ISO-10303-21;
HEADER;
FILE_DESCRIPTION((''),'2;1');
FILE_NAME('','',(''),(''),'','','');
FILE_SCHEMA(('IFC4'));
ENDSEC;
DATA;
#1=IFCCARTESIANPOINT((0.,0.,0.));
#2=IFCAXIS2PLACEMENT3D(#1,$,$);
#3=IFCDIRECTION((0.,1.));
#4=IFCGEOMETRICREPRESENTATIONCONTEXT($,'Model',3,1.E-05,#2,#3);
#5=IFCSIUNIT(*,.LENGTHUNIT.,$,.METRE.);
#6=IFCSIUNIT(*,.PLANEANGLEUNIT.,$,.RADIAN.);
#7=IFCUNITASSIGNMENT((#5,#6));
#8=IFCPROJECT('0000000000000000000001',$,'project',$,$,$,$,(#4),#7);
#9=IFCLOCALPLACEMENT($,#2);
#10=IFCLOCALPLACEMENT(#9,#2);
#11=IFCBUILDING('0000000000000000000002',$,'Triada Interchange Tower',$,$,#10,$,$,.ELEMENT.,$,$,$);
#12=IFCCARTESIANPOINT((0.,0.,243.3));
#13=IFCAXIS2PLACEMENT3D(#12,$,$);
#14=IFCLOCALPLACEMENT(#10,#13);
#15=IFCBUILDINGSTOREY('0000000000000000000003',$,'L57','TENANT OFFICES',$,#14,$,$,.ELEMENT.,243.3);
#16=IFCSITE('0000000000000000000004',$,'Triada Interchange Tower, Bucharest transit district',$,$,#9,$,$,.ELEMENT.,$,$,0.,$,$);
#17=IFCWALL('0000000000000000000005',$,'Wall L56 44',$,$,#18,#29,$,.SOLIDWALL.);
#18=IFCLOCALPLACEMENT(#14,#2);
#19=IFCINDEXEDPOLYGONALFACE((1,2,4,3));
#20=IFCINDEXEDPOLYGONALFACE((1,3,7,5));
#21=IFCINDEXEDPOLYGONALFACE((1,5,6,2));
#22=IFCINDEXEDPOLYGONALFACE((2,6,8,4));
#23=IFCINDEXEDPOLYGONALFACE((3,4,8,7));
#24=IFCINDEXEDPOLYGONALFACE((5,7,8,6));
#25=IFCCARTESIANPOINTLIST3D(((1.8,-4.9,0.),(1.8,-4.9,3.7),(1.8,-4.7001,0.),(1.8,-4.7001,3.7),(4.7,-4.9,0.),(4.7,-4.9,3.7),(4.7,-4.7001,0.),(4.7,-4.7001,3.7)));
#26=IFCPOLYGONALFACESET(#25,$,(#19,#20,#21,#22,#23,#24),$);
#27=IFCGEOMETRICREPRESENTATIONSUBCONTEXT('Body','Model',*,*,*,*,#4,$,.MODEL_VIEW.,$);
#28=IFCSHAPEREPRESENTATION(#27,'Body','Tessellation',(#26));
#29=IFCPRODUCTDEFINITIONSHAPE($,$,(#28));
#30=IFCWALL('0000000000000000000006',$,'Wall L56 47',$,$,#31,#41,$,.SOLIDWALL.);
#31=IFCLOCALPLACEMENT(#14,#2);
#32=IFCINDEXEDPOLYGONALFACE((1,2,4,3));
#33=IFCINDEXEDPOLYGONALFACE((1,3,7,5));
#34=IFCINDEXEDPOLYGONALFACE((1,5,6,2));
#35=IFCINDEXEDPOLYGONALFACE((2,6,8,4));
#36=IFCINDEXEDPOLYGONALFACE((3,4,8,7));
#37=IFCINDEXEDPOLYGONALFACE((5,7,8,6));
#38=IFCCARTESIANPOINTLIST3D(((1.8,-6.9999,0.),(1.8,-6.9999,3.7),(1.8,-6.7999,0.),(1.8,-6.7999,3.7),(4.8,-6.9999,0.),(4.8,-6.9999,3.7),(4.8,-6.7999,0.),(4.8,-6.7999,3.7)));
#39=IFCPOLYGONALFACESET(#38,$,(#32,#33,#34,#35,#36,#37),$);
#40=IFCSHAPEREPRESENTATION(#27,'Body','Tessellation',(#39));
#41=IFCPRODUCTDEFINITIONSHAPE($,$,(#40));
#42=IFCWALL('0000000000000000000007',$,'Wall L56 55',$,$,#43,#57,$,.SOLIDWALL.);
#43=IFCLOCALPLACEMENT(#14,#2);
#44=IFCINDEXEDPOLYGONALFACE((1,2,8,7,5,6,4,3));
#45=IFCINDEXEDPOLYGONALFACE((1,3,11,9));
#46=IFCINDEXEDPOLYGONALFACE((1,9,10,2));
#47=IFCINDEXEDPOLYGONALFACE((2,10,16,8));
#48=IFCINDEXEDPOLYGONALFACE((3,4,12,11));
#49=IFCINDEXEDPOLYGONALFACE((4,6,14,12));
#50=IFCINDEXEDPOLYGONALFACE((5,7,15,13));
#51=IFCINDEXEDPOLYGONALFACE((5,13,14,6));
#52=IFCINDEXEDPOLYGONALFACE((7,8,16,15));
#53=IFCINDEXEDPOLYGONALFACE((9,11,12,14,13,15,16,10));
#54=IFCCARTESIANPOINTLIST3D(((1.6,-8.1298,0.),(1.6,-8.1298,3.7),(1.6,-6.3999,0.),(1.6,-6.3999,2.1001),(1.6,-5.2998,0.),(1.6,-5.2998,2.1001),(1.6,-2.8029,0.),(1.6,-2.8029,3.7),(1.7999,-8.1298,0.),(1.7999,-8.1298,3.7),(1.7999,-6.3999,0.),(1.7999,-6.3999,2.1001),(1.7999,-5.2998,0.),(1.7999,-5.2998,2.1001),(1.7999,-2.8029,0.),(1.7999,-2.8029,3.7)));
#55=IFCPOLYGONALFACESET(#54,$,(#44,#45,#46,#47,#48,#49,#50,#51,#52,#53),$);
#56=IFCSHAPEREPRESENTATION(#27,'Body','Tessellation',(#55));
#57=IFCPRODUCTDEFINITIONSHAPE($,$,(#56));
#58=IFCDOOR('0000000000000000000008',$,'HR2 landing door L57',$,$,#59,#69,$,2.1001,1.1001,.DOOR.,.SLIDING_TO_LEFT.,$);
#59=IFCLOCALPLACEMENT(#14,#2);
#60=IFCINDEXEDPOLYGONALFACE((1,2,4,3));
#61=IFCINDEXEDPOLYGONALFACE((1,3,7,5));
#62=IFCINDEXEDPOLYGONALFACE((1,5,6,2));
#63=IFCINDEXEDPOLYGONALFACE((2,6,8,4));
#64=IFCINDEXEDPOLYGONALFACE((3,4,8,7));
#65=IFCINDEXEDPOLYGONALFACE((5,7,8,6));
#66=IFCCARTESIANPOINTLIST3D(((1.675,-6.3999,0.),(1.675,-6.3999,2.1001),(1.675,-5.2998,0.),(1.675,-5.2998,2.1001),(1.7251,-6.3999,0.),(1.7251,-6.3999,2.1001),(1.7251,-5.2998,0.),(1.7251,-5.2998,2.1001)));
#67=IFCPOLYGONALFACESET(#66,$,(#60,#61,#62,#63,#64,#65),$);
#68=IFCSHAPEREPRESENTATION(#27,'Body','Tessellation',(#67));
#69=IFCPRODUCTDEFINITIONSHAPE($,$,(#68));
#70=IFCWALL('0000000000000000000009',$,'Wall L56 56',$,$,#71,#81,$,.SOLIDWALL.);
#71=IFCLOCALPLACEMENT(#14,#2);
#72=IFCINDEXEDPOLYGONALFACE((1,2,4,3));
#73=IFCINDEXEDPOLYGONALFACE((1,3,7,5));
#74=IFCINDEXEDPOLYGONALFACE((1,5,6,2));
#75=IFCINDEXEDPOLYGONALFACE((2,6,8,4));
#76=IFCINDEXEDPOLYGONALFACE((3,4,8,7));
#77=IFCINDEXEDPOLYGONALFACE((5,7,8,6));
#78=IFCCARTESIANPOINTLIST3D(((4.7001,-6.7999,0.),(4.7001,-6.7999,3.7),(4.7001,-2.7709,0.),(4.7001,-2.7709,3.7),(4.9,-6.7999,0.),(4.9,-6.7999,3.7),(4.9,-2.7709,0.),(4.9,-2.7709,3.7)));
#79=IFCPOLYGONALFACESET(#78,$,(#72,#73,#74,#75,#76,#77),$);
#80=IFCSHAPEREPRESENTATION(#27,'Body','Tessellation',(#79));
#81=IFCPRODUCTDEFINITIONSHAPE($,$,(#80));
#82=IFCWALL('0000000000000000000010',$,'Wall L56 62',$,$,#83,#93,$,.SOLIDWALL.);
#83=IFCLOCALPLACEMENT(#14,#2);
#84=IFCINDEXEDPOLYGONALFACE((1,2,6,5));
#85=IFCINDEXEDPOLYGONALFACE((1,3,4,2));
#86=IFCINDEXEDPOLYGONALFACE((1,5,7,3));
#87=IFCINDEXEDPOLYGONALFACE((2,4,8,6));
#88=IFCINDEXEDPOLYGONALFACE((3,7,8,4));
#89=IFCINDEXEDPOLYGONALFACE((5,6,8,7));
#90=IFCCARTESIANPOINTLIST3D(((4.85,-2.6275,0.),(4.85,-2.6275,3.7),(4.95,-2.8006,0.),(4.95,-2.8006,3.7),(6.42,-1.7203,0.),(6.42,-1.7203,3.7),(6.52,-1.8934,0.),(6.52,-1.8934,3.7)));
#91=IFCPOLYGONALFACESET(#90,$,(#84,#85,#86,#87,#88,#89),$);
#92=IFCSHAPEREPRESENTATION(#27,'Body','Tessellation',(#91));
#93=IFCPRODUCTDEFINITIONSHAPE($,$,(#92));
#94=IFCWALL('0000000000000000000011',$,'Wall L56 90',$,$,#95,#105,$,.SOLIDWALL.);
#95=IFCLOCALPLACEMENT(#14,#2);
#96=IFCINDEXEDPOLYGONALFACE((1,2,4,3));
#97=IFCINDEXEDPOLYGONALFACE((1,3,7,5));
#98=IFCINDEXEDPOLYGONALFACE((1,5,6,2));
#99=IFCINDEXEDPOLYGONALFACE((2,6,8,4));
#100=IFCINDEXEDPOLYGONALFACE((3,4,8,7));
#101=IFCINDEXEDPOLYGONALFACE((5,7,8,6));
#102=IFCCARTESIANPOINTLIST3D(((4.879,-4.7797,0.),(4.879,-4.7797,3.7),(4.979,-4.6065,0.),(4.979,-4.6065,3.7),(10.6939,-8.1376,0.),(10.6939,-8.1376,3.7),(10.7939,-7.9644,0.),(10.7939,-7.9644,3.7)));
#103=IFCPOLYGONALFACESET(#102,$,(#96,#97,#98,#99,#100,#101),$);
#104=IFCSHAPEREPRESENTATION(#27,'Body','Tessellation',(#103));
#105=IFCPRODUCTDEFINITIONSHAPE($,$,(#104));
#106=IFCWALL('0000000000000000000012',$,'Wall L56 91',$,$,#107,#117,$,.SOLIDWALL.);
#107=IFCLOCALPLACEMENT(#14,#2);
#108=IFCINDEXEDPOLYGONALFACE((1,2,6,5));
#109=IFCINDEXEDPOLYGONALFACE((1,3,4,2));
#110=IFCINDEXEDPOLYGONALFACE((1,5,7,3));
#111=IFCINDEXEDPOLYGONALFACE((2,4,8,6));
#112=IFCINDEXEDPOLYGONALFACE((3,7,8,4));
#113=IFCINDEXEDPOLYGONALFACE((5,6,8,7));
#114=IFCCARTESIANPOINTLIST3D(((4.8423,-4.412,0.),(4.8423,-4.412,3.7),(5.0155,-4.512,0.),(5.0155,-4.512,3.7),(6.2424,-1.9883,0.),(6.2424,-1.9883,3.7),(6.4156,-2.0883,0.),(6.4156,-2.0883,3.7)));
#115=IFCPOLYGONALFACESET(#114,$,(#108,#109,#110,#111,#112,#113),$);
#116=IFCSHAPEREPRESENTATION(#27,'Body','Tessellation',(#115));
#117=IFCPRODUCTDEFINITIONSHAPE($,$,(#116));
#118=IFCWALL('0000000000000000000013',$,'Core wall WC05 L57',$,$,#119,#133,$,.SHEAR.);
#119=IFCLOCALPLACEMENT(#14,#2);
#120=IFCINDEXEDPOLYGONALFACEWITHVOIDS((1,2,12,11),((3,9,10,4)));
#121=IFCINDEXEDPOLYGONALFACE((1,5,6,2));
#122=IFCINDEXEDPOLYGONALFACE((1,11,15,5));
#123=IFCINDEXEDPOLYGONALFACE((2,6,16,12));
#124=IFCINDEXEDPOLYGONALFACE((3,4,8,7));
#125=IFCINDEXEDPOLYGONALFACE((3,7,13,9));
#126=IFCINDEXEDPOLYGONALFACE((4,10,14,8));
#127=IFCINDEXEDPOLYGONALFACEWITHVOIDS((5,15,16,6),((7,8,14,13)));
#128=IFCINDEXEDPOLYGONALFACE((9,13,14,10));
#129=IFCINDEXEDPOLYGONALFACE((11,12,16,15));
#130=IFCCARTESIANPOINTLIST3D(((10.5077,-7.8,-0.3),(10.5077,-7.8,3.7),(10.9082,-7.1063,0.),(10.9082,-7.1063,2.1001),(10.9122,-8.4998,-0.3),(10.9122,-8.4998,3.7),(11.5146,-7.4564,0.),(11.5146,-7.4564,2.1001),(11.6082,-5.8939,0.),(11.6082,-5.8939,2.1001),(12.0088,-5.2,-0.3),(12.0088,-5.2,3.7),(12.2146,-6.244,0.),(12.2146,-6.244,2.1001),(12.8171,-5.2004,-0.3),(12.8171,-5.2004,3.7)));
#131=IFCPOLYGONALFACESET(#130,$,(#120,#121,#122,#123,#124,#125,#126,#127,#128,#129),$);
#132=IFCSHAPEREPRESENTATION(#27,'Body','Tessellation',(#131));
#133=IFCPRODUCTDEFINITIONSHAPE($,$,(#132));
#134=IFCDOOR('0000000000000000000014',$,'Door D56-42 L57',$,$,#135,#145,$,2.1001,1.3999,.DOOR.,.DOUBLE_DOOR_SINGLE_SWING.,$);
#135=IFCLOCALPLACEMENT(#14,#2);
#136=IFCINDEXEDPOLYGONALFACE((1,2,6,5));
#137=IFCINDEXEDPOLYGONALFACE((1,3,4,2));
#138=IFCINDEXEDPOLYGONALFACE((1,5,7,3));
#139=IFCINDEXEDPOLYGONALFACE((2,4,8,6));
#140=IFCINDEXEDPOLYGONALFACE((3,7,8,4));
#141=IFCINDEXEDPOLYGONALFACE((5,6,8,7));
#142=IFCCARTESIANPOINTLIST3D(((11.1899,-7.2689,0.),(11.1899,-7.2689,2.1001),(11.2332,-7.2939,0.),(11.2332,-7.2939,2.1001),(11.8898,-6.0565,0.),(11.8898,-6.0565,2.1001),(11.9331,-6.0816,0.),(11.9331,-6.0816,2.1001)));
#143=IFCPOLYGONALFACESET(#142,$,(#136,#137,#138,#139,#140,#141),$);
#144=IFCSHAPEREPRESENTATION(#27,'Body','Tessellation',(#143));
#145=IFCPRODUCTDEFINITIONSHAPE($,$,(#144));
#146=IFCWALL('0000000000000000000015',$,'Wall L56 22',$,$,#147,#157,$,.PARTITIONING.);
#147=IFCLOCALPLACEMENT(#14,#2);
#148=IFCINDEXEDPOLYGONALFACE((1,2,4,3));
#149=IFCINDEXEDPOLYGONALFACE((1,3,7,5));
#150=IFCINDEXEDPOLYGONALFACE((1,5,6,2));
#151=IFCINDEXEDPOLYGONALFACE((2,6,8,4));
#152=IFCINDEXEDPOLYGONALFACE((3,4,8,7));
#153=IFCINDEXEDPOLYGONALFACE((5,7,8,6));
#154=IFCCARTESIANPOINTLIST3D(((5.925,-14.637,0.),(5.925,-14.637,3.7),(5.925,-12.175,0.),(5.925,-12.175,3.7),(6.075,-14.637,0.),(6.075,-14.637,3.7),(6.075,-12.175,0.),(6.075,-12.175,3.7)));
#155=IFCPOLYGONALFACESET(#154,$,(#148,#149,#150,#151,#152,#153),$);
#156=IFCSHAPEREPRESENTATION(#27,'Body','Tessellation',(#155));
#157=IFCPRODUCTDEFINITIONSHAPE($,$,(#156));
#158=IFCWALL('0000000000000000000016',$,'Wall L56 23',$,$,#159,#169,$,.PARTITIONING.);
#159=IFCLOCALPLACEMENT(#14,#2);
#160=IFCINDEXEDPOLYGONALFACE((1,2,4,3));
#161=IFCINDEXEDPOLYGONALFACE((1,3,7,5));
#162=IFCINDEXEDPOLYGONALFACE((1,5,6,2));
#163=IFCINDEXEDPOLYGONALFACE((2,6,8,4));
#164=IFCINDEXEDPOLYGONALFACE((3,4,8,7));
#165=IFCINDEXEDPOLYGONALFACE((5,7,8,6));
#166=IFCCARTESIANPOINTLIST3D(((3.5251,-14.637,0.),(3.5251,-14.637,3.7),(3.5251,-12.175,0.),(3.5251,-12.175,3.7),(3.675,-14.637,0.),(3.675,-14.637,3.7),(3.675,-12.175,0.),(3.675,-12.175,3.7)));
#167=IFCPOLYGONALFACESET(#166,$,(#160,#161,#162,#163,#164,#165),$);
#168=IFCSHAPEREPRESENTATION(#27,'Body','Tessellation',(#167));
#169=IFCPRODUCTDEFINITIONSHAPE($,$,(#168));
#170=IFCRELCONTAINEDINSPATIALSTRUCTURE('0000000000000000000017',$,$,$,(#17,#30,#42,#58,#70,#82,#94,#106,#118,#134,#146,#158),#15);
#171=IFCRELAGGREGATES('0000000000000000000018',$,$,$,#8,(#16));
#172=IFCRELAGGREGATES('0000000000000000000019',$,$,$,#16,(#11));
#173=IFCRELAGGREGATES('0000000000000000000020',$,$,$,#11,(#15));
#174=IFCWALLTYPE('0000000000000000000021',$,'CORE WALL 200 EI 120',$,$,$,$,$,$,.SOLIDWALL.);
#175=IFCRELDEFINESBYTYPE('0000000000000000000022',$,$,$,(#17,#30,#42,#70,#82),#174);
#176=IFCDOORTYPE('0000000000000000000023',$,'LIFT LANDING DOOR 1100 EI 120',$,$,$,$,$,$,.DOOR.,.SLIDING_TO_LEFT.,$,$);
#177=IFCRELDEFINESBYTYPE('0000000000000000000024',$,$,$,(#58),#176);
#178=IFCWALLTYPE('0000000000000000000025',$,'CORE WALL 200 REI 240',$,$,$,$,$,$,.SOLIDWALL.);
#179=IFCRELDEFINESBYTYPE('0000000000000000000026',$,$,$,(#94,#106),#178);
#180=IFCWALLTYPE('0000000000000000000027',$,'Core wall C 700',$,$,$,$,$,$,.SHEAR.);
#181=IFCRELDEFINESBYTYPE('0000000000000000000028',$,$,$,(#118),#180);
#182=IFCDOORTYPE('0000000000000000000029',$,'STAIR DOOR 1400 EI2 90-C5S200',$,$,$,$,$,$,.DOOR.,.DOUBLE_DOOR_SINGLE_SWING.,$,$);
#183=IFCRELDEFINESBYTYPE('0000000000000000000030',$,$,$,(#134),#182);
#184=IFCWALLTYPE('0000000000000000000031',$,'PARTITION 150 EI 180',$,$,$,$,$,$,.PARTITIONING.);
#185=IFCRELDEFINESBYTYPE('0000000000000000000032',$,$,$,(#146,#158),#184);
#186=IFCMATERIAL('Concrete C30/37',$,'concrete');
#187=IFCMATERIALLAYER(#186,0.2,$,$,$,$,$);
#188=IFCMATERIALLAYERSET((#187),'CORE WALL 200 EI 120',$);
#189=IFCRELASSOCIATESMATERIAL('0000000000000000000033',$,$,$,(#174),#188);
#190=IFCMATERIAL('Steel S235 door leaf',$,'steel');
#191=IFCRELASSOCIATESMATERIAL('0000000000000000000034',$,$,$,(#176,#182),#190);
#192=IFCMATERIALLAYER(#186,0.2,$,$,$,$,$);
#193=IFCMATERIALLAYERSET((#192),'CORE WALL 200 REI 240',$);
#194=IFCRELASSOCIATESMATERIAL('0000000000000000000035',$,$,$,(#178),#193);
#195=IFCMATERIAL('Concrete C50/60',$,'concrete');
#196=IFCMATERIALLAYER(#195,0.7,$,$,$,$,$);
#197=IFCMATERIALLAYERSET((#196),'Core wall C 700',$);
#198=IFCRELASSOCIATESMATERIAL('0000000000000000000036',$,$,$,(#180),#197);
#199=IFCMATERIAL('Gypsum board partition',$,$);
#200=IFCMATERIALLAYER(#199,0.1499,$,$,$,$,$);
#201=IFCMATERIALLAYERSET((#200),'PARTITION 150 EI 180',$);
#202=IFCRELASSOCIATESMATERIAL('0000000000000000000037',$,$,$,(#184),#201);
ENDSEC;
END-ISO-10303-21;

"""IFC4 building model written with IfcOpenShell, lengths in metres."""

from ifc_helpers import new_model, si_unit, direction, frame, frame_2d, origin, place, context, subcontext, project, spatial, polyline, rectangle, outline, extrude, material, layer, layer_set, type_object, element, fill, save


model = new_model("IFC4")

# Units and contexts
model_context = context("Model", 3, precision=1e-05, world=origin(), true_north=direction((0.0, 1.0)))
body_context = subcontext(model_context, "Body", "Model", "MODEL_VIEW")
ifc_project = project(units=[si_unit("LENGTHUNIT", "METRE"), si_unit("PLANEANGLEUNIT", "RADIAN")], contexts=[model_context])

# Site, building, storey
site_placement = place(None, origin())
site = spatial("IfcSite", under=ifc_project, at=site_placement, Name="Triada Interchange Tower, Bucharest transit district", CompositionType="ELEMENT", RefElevation=0.0)
building_placement = place(site_placement, origin())
building = spatial("IfcBuilding", under=site, at=building_placement, Name="Triada Interchange Tower", CompositionType="ELEMENT")
storey_placement = place(building_placement, frame((0.0, 0.0, 243.3)))
storey = spatial("IfcBuildingStorey", under=building, at=storey_placement, Name="L57", Description="TENANT OFFICES", CompositionType="ELEMENT", Elevation=243.3)

# Walls
ifc_material_1 = material(Name="Concrete C30/37", Category="concrete")
ifc_layer_1 = layer(ifc_material_1, 0.2)
ifc_layer_set_1 = layer_set([ifc_layer_1], Name="CORE WALL 200 EI 120")
wall_type_1 = type_object("IfcWallType", Name="CORE WALL 200 EI 120", PredefinedType="SOLIDWALL", material=ifc_layer_set_1)
wall_1_placement = place(storey_placement, frame((1.8, -4.8, 0.0), z_axis=(0.0, 0.0, 1.0), x_axis=(1.0, 0.0, 0.0)))
element("IfcWall", 1, at=wall_1_placement, inside=storey, type_object=wall_type_1, Name="Wall L56 44", PredefinedType="SOLIDWALL", context=body_context, shape_type="SweptSolid", body=[
    extrude(rectangle(XDim=2.8999, YDim=0.2, at=frame_2d((1.45, 0.0))), origin(), (0.0, 0.0, 1.0), 3.7),
])
wall_2_placement = place(storey_placement, frame((1.8, -6.8999, 0.0), z_axis=(0.0, 0.0, 1.0), x_axis=(1.0, 0.0, 0.0)))
element("IfcWall", 2, at=wall_2_placement, inside=storey, type_object=wall_type_1, Name="Wall L56 47", PredefinedType="SOLIDWALL", context=body_context, shape_type="SweptSolid", body=[
    extrude(rectangle(XDim=3.0, YDim=0.2, at=frame_2d((1.5, 0.0))), origin(), (0.0, 0.0, 1.0), 3.7),
])

# Wall, opening, door
wall_3_placement = place(storey_placement, frame((1.7, -8.1299, 0.0), z_axis=(0.0, 0.0, 1.0), x_axis=(0.0, 1.0, 0.0)))
wall_3 = element("IfcWall", 3, at=wall_3_placement, inside=storey, type_object=wall_type_1, Name="Wall L56 55", PredefinedType="SOLIDWALL", context=body_context, shape_type="SweptSolid", body=[
    extrude(rectangle(XDim=5.3269, YDim=0.2, at=frame_2d((2.6636, 0.0))), origin(), (0.0, 0.0, 1.0), 3.7),
])
opening_1_placement = place(wall_3_placement, frame((1.73, 0.0, 0.0)))
opening_1 = element("IfcOpeningElement", 4, at=opening_1_placement, cuts=wall_3, PredefinedType="OPENING", context=body_context, shape_type="SweptSolid", body=[
    extrude(rectangle(XDim=1.1001, YDim=2.1001, at=frame_2d((0.55, 1.05))), frame((0.0, 0.1099, 0.0), z_axis=(0.0, -1.0, 0.0), x_axis=(1.0, 0.0, 0.0)), (0.0, 0.0, 1.0), 0.22),
])
ifc_material_2 = material(Name="Steel S235 door leaf", Category="steel")
door_type_1 = type_object("IfcDoorType", Name="LIFT LANDING DOOR 1100 EI 120", OperationType="SLIDING_TO_LEFT", PredefinedType="DOOR", material=ifc_material_2)
door_1_placement = place(opening_1_placement, origin())
door_1 = element("IfcDoor", 5, at=door_1_placement, inside=storey, type_object=door_type_1, Name="HR2 landing door L57", OperationType="SLIDING_TO_LEFT", OverallHeight=2.1001, OverallWidth=1.1001, PredefinedType="DOOR", context=body_context, shape_type="SweptSolid", body=[
    extrude(rectangle(XDim=1.1001, YDim=2.1001, at=frame_2d((0.55, 1.05))), frame((0.0, 0.0249, 0.0), z_axis=(0.0, -1.0, 0.0), x_axis=(1.0, 0.0, 0.0)), (0.0, 0.0, 1.0), 0.05),
])
fill(opening_1, door_1)

# Walls
wall_4_placement = place(storey_placement, frame((4.8, -6.8, 0.0), z_axis=(0.0, 0.0, 1.0), x_axis=(0.0, 1.0, 0.0)))
element("IfcWall", 6, at=wall_4_placement, inside=storey, type_object=wall_type_1, Name="Wall L56 56", PredefinedType="SOLIDWALL", context=body_context, shape_type="SweptSolid", body=[
    extrude(rectangle(XDim=4.0291, YDim=0.2, at=frame_2d((2.0146, 0.0))), origin(), (0.0, 0.0, 1.0), 3.7),
])
wall_5_placement = place(storey_placement, frame((4.8999, -2.7141, 0.0), z_axis=(0.0, 0.0, 1.0), x_axis=(0.865847, 0.500309, 0.0)))
element("IfcWall", 7, at=wall_5_placement, inside=storey, type_object=wall_type_1, Name="Wall L56 62", PredefinedType="SOLIDWALL", context=body_context, shape_type="SweptSolid", body=[
    extrude(rectangle(XDim=1.8132, YDim=0.2, at=frame_2d((0.9067, 0.0))), origin(), (0.0, 0.0, 1.0), 3.7),
])
ifc_layer_2 = layer(ifc_material_1, 0.2)
ifc_layer_set_2 = layer_set([ifc_layer_2], Name="CORE WALL 200 REI 240")
wall_type_2 = type_object("IfcWallType", Name="CORE WALL 200 REI 240", PredefinedType="SOLIDWALL", material=ifc_layer_set_2)
wall_6_placement = place(storey_placement, frame((4.929, -4.6931, 0.0), z_axis=(0.0, 0.0, 1.0), x_axis=(0.865983, -0.500073, 0.0)))
element("IfcWall", 8, at=wall_6_placement, inside=storey, type_object=wall_type_2, Name="Wall L56 90", PredefinedType="SOLIDWALL", context=body_context, shape_type="SweptSolid", body=[
    extrude(rectangle(XDim=6.7148, YDim=0.2, at=frame_2d((3.3574, 0.0))), origin(), (0.0, 0.0, 1.0), 3.7),
])
wall_7_placement = place(storey_placement, frame((4.929, -4.4619, 0.0), z_axis=(0.0, 0.0, 1.0), x_axis=(0.500201, 0.86591, 0.0)))
element("IfcWall", 9, at=wall_7_placement, inside=storey, type_object=wall_type_2, Name="Wall L56 91", PredefinedType="SOLIDWALL", context=body_context, shape_type="SweptSolid", body=[
    extrude(rectangle(XDim=2.7991, YDim=0.2, at=frame_2d((1.3994, 0.0))), origin(), (0.0, 0.0, 1.0), 3.7),
])

# Wall, opening, door
ifc_material_3 = material(Name="Concrete C50/60", Category="concrete")
ifc_layer_3 = layer(ifc_material_3, 0.7)
ifc_layer_set_3 = layer_set([ifc_layer_3], Name="Core wall C 700")
wall_type_3 = type_object("IfcWallType", Name="Core wall C 700", PredefinedType="SHEAR", material=ifc_layer_set_3)
wall_8_placement = place(storey_placement, frame((10.71, -8.1499, -0.3), z_axis=(0.0, 0.0, 1.0), x_axis=(0.499993, 0.866029, 0.0)))
wall_8 = element("IfcWall", 10, at=wall_8_placement, inside=storey, type_object=wall_type_3, Name="Core wall WC05 L57", PredefinedType="SHEAR", context=body_context, shape_type="SweptSolid", body=[
    extrude(outline(polyline([(-0.2019, -0.3501), (1.7031, -0.3501), (3.6079, -0.3501), (3.2041, 0.3501), (1.7031, 0.3501), (0.2019, 0.3501), (-0.2019, -0.3501)])), origin(), (0.0, 0.0, 1.0), 4.0),
])
opening_2_placement = place(wall_8_placement, frame((1.0029, 0.0, 0.3)))
opening_2 = element("IfcOpeningElement", 11, at=opening_2_placement, cuts=wall_8, PredefinedType="OPENING", context=body_context, shape_type="SweptSolid", body=[
    extrude(rectangle(XDim=1.3999, YDim=2.1001, at=frame_2d((0.7, 1.05))), frame((0.0, 0.3601, 0.0), z_axis=(0.0, -1.0, 0.0), x_axis=(1.0, 0.0, 0.0)), (0.0, 0.0, 1.0), 0.7202),
])
door_type_2 = type_object("IfcDoorType", Name="STAIR DOOR 1400 EI2 90-C5S200", OperationType="DOUBLE_DOOR_SINGLE_SWING", PredefinedType="DOOR", material=ifc_material_2)
door_2_placement = place(opening_2_placement, origin())
door_2 = element("IfcDoor", 12, at=door_2_placement, inside=storey, type_object=door_type_2, Name="Door D56-42 L57", OperationType="DOUBLE_DOOR_SINGLE_SWING", OverallHeight=2.1001, OverallWidth=1.3999, PredefinedType="DOOR", context=body_context, shape_type="SweptSolid", body=[
    extrude(rectangle(XDim=1.3999, YDim=2.1001, at=frame_2d((0.7, 1.05))), frame((0.0, 0.0249, 0.0), z_axis=(0.0, -1.0, 0.0), x_axis=(1.0, 0.0, 0.0)), (0.0, 0.0, 1.0), 0.05),
])
fill(opening_2, door_2)

# Walls
ifc_material_4 = material(Name="Gypsum board partition")
ifc_layer_4 = layer(ifc_material_4, 0.1499)
ifc_layer_set_4 = layer_set([ifc_layer_4], Name="PARTITION 150 EI 180")
wall_type_4 = type_object("IfcWallType", Name="PARTITION 150 EI 180", PredefinedType="PARTITIONING", material=ifc_layer_set_4)
for number, where, z_axis, x_axis, name in (
    (13, (6.0, -14.637, 0.0), (0.0, 0.0, 1.0), (0.0, 1.0, 0.0), "Wall L56 22"),
    (14, (3.6001, -14.637, 0.0), (0.0, 0.0, 1.0), (0.0, 1.0, 0.0), "Wall L56 23"),
):
    element("IfcWall", number, at=place(storey_placement, frame(where, z_axis=z_axis, x_axis=x_axis)), inside=storey, type_object=wall_type_4, Name=name, PredefinedType="PARTITIONING", context=body_context, shape_type="SweptSolid", body=[
        extrude(rectangle(XDim=2.4619, YDim=0.1499, at=frame_2d((1.231, 0.0))), origin(), (0.0, 0.0, 1.0), 3.7),
    ])

save(model, "model.ifc")
